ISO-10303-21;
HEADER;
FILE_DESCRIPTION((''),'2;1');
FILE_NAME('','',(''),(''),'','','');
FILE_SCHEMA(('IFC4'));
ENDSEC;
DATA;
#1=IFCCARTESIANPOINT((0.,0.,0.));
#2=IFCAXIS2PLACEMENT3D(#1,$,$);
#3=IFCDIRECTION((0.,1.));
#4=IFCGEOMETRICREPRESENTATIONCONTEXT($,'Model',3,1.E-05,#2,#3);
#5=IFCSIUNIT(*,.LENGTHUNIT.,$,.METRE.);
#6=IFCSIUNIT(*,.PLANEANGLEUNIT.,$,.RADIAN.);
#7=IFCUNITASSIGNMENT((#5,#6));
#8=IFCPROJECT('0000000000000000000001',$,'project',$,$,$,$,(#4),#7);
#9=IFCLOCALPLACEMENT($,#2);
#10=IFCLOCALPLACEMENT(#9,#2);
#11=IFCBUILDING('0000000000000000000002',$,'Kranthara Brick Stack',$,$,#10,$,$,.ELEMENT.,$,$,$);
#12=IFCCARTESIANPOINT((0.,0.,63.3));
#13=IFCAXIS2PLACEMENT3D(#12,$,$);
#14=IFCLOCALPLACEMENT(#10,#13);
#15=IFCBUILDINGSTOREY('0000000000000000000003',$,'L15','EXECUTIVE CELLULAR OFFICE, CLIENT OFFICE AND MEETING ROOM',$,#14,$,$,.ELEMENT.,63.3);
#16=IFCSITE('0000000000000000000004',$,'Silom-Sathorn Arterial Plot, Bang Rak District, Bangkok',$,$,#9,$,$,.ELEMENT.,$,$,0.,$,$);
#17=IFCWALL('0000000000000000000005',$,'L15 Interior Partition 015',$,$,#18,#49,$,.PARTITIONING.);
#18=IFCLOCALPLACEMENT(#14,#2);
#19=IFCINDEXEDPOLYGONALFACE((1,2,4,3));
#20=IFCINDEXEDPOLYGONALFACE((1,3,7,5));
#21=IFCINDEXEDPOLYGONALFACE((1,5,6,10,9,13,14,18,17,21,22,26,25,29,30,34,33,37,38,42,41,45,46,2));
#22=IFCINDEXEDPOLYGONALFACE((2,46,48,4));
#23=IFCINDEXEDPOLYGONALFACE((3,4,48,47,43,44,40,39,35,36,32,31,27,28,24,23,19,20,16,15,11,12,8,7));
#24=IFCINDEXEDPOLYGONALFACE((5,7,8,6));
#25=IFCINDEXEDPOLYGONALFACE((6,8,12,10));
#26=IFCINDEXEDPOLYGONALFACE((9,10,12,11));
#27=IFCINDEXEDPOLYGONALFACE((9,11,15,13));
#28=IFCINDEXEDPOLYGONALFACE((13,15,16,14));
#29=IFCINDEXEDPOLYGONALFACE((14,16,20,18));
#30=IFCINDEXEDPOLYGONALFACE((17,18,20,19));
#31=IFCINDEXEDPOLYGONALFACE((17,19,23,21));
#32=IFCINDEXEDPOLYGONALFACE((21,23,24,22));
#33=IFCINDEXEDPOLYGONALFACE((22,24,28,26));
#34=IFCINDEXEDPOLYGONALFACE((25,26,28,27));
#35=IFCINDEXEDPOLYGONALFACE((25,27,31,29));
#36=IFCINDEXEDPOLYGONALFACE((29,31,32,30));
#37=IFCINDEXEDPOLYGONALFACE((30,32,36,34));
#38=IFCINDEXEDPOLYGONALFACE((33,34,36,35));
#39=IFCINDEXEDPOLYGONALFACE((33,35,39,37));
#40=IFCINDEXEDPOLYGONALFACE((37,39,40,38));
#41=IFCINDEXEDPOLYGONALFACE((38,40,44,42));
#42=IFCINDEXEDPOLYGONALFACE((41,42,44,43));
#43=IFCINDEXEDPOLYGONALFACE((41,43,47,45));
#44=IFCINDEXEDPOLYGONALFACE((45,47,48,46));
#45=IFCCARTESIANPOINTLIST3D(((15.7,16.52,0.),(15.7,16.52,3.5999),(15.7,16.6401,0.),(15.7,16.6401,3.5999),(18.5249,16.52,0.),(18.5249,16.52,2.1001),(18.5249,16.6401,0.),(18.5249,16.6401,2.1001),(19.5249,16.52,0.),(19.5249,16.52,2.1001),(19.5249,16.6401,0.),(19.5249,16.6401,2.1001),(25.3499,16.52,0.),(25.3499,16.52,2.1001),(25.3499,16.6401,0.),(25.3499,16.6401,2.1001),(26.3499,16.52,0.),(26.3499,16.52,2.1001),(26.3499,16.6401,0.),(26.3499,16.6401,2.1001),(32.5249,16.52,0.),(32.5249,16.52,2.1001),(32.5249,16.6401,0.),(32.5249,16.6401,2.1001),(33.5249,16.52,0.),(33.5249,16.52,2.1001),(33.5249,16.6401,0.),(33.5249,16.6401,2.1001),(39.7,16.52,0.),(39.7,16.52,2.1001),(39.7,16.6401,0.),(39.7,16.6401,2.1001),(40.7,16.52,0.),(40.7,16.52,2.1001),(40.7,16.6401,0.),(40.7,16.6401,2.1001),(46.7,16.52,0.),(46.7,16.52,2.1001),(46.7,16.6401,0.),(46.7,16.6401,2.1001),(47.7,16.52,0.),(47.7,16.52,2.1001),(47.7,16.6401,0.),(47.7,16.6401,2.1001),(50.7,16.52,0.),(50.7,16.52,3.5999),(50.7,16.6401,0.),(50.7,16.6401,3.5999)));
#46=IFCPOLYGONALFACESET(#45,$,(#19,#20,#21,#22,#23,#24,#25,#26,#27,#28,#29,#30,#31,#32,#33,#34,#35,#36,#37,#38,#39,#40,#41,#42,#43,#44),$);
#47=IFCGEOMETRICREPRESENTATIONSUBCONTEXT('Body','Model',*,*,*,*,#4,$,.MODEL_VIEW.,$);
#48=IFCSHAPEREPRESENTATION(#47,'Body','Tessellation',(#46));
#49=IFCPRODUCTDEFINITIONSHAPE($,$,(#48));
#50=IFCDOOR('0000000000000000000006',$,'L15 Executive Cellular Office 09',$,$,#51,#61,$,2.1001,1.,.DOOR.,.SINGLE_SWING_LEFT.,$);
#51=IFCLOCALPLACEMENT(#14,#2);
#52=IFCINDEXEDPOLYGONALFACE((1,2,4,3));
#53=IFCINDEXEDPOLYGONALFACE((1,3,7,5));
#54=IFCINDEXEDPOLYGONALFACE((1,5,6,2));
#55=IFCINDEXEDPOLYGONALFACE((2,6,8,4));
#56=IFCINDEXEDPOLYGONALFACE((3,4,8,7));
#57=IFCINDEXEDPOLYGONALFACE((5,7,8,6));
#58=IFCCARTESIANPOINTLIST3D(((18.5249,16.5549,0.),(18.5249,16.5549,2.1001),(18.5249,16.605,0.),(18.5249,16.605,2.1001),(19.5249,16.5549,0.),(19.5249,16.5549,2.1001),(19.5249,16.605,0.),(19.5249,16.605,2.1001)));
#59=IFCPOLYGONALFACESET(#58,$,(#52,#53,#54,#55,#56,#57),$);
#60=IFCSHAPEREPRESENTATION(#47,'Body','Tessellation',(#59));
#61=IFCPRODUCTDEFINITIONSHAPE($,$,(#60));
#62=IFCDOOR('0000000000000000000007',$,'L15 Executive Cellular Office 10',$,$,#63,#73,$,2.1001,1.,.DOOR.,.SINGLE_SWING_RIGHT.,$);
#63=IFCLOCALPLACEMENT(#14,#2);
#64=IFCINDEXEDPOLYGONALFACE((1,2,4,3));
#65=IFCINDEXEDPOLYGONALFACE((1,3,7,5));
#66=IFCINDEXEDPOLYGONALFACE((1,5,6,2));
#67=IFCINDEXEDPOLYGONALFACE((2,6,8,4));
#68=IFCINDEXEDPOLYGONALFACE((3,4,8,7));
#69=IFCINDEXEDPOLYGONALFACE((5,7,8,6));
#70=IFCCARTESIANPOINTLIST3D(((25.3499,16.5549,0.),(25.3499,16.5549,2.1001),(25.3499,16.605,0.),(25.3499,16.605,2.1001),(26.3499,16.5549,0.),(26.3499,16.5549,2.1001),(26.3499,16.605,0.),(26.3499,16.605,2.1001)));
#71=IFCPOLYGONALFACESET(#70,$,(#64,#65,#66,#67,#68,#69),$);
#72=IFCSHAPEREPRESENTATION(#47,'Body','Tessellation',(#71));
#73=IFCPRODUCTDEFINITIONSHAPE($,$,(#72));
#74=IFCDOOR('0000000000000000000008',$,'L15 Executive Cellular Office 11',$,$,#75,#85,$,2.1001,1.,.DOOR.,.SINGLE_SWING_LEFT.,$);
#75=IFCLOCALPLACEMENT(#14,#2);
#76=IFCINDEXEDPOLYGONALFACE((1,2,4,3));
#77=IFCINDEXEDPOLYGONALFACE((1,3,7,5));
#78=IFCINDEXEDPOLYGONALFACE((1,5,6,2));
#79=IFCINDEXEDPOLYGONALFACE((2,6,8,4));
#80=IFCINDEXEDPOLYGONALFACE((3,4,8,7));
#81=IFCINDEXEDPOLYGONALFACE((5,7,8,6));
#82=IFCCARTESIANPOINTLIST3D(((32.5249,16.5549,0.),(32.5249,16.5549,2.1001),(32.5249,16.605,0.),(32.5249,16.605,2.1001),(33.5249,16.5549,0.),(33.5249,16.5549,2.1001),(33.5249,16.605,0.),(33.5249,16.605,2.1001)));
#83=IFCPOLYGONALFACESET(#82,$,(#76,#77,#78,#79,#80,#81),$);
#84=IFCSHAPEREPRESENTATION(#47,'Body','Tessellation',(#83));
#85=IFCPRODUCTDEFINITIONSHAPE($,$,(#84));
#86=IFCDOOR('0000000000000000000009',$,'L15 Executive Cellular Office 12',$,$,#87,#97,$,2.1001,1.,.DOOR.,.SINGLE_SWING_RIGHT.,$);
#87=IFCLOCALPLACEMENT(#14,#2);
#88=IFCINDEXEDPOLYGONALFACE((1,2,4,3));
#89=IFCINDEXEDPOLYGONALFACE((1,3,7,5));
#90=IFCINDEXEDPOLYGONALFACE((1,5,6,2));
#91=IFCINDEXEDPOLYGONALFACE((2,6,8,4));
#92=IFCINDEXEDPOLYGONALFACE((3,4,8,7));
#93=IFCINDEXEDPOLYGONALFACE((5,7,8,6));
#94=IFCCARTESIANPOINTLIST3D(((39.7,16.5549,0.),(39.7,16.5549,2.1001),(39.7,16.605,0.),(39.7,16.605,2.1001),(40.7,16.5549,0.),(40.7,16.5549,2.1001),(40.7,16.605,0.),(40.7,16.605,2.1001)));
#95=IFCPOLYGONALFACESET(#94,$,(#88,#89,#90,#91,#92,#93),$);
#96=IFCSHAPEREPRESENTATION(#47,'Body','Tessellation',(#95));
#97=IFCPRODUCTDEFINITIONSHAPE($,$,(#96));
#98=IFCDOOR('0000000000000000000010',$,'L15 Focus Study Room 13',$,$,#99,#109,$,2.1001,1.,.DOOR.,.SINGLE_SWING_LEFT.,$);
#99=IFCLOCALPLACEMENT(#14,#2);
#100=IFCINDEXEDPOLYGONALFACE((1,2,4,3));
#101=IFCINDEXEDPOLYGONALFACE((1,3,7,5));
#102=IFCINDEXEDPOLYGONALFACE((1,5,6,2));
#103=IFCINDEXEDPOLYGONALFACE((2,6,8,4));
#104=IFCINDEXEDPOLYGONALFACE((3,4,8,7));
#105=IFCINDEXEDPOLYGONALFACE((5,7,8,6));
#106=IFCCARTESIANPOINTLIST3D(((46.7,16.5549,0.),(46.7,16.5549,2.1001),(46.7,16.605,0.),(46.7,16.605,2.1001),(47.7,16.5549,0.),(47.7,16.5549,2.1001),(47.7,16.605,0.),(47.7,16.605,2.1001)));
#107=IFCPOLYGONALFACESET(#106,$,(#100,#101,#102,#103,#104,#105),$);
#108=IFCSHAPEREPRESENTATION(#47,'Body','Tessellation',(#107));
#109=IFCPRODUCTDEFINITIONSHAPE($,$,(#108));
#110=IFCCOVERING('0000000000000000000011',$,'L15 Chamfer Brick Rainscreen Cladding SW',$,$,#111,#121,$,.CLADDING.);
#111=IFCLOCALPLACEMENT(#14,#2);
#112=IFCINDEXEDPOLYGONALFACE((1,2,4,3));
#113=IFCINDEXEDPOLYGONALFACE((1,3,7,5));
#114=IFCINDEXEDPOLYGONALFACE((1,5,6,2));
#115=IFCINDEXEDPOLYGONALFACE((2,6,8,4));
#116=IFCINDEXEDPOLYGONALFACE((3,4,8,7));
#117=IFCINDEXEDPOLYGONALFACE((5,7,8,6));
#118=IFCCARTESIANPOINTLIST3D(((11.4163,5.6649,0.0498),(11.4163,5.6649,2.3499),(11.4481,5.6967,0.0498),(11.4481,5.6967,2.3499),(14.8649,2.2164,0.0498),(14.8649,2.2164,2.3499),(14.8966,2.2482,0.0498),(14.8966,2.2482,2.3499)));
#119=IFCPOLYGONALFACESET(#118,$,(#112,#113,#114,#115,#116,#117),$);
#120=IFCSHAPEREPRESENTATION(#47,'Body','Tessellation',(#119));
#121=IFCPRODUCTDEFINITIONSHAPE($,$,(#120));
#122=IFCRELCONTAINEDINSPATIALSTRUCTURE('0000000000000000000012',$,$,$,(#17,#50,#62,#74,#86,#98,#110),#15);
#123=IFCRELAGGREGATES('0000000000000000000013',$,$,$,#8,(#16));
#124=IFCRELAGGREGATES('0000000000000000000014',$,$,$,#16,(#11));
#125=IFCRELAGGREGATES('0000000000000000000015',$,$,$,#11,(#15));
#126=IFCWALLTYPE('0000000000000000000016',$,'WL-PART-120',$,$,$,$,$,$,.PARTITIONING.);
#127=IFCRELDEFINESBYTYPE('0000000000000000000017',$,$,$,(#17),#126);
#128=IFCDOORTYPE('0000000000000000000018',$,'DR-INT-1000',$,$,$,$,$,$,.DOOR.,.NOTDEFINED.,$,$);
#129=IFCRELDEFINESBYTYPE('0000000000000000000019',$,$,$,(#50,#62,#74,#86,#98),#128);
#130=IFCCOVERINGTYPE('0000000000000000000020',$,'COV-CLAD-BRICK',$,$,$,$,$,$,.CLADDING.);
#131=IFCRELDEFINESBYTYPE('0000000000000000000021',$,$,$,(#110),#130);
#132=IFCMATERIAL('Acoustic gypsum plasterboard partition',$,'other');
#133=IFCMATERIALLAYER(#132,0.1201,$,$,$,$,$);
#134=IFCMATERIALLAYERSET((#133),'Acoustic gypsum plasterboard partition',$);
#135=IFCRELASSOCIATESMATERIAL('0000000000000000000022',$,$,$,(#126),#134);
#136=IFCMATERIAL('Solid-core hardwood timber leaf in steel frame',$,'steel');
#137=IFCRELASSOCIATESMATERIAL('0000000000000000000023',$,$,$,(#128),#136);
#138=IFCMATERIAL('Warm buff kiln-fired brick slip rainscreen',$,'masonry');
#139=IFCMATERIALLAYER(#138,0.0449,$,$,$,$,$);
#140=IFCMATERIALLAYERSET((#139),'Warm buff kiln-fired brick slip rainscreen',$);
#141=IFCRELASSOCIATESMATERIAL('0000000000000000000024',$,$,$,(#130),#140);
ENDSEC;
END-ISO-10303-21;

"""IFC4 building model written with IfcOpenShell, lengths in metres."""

from ifc_helpers import new_model, si_unit, direction, frame, frame_2d, origin, origin_2d, place, context, subcontext, project, spatial, rectangle, extrude, material, layer, layer_set, type_object, element, fill, save


model = new_model("IFC4")

# Units and contexts
model_context = context("Model", 3, precision=1e-05, world=origin(), true_north=direction((0.0, 1.0)))
body_context = subcontext(model_context, "Body", "Model", "MODEL_VIEW")
ifc_project = project(units=[si_unit("LENGTHUNIT", "METRE"), si_unit("PLANEANGLEUNIT", "RADIAN")], contexts=[model_context])

# Site, building, storey
site_placement = place(None, origin())
site = spatial("IfcSite", under=ifc_project, at=site_placement, Name="Silom-Sathorn Arterial Plot, Bang Rak District, Bangkok", CompositionType="ELEMENT", RefElevation=0.0)
building_placement = place(site_placement, origin())
building = spatial("IfcBuilding", under=site, at=building_placement, Name="Kranthara Brick Stack", CompositionType="ELEMENT")
storey_placement = place(building_placement, frame((0.0, 0.0, 63.3)))
storey = spatial("IfcBuildingStorey", under=building, at=storey_placement, Name="L15", Description="EXECUTIVE CELLULAR OFFICE, CLIENT OFFICE AND MEETING ROOM", CompositionType="ELEMENT", Elevation=63.3)

# Shared definitions
ifc_material_1 = material(Name="Acoustic gypsum plasterboard partition", Category="other")
ifc_layer_1 = layer(ifc_material_1, 0.1201)
ifc_layer_set_1 = layer_set([ifc_layer_1], Name="Acoustic gypsum plasterboard partition")
wall_type_1 = type_object("IfcWallType", Name="WL-PART-120", PredefinedType="PARTITIONING", material=ifc_layer_set_1)

# Wall, openings, doors
wall_1_placement = place(storey_placement, frame((15.7, 16.5801, 0.0), z_axis=(0.0, 0.0, 1.0), x_axis=(1.0, 0.0, 0.0)))
wall_1 = element("IfcWall", 1, at=wall_1_placement, inside=storey, type_object=wall_type_1, Name="L15 Interior Partition 015", PredefinedType="PARTITIONING", context=body_context, shape_type="SweptSolid", body=[
    extrude(rectangle(XDim=35.0, YDim=0.1201, at=frame_2d((17.5, 0.0))), origin(), (0.0, 0.0, 1.0), 3.5999),
])
opening_1_placement = place(wall_1_placement, frame((2.825, 0.0, 0.0)))
opening_1 = element("IfcOpeningElement", 2, at=opening_1_placement, cuts=wall_1, PredefinedType="OPENING", context=body_context, shape_type="SweptSolid", body=[
    extrude(rectangle(XDim=1.0, YDim=2.1001, at=frame_2d((0.5, 1.05))), frame((0.0, 0.0701, 0.0), z_axis=(0.0, -1.0, 0.0), x_axis=(1.0, 0.0, 0.0)), (0.0, 0.0, 1.0), 0.1401),
])
opening_2_placement = place(wall_1_placement, frame((9.6499, 0.0, 0.0)))
opening_2 = element("IfcOpeningElement", 3, at=opening_2_placement, cuts=wall_1, PredefinedType="OPENING", context=body_context, shape_type="SweptSolid", body=[
    extrude(rectangle(XDim=1.0, YDim=2.1001, at=frame_2d((0.5, 1.05))), frame((0.0, 0.0701, 0.0), z_axis=(0.0, -1.0, 0.0), x_axis=(1.0, 0.0, 0.0)), (0.0, 0.0, 1.0), 0.1401),
])
opening_3_placement = place(wall_1_placement, frame((16.825, 0.0, 0.0)))
opening_3 = element("IfcOpeningElement", 4, at=opening_3_placement, cuts=wall_1, PredefinedType="OPENING", context=body_context, shape_type="SweptSolid", body=[
    extrude(rectangle(XDim=1.0, YDim=2.1001, at=frame_2d((0.5, 1.05))), frame((0.0, 0.0701, 0.0), z_axis=(0.0, -1.0, 0.0), x_axis=(1.0, 0.0, 0.0)), (0.0, 0.0, 1.0), 0.1401),
])
opening_4_placement = place(wall_1_placement, frame((24.0, 0.0, 0.0)))
opening_4 = element("IfcOpeningElement", 5, at=opening_4_placement, cuts=wall_1, PredefinedType="OPENING", context=body_context, shape_type="SweptSolid", body=[
    extrude(rectangle(XDim=1.0, YDim=2.1001, at=frame_2d((0.5, 1.05))), frame((0.0, 0.0701, 0.0), z_axis=(0.0, -1.0, 0.0), x_axis=(1.0, 0.0, 0.0)), (0.0, 0.0, 1.0), 0.1401),
])
opening_5_placement = place(wall_1_placement, frame((31.0, 0.0, 0.0)))
opening_5 = element("IfcOpeningElement", 6, at=opening_5_placement, cuts=wall_1, PredefinedType="OPENING", context=body_context, shape_type="SweptSolid", body=[
    extrude(rectangle(XDim=1.0, YDim=2.1001, at=frame_2d((0.5, 1.05))), frame((0.0, 0.0701, 0.0), z_axis=(0.0, -1.0, 0.0), x_axis=(1.0, 0.0, 0.0)), (0.0, 0.0, 1.0), 0.1401),
])
ifc_material_2 = material(Name="Solid-core hardwood timber leaf in steel frame", Category="steel")
door_type_1 = type_object("IfcDoorType", Name="DR-INT-1000", OperationType="NOTDEFINED", PredefinedType="DOOR", material=ifc_material_2)
door_1_placement = place(opening_1_placement, origin())
door_1 = element("IfcDoor", 7, at=door_1_placement, inside=storey, type_object=door_type_1, Name="L15 Executive Cellular Office 09", OperationType="SINGLE_SWING_LEFT", OverallHeight=2.1001, OverallWidth=1.0, PredefinedType="DOOR", context=body_context, shape_type="SweptSolid", body=[
    extrude(rectangle(XDim=1.0, YDim=2.1001, at=frame_2d((0.5, 1.05))), frame((0.0, 0.0249, 0.0), z_axis=(0.0, -1.0, 0.0), x_axis=(1.0, 0.0, 0.0)), (0.0, 0.0, 1.0), 0.05),
])
fill(opening_1, door_1)
door_2_placement = place(opening_2_placement, origin())
door_2 = element("IfcDoor", 8, at=door_2_placement, inside=storey, type_object=door_type_1, Name="L15 Executive Cellular Office 10", OperationType="SINGLE_SWING_RIGHT", OverallHeight=2.1001, OverallWidth=1.0, PredefinedType="DOOR", context=body_context, shape_type="SweptSolid", body=[
    extrude(rectangle(XDim=1.0, YDim=2.1001, at=frame_2d((0.5, 1.05))), frame((0.0, 0.0249, 0.0), z_axis=(0.0, -1.0, 0.0), x_axis=(1.0, 0.0, 0.0)), (0.0, 0.0, 1.0), 0.05),
])
fill(opening_2, door_2)
door_3_placement = place(opening_3_placement, origin())
door_3 = element("IfcDoor", 9, at=door_3_placement, inside=storey, type_object=door_type_1, Name="L15 Executive Cellular Office 11", OperationType="SINGLE_SWING_LEFT", OverallHeight=2.1001, OverallWidth=1.0, PredefinedType="DOOR", context=body_context, shape_type="SweptSolid", body=[
    extrude(rectangle(XDim=1.0, YDim=2.1001, at=frame_2d((0.5, 1.05))), frame((0.0, 0.0249, 0.0), z_axis=(0.0, -1.0, 0.0), x_axis=(1.0, 0.0, 0.0)), (0.0, 0.0, 1.0), 0.05),
])
fill(opening_3, door_3)
door_4_placement = place(opening_4_placement, origin())
door_4 = element("IfcDoor", 10, at=door_4_placement, inside=storey, type_object=door_type_1, Name="L15 Executive Cellular Office 12", OperationType="SINGLE_SWING_RIGHT", OverallHeight=2.1001, OverallWidth=1.0, PredefinedType="DOOR", context=body_context, shape_type="SweptSolid", body=[
    extrude(rectangle(XDim=1.0, YDim=2.1001, at=frame_2d((0.5, 1.05))), frame((0.0, 0.0249, 0.0), z_axis=(0.0, -1.0, 0.0), x_axis=(1.0, 0.0, 0.0)), (0.0, 0.0, 1.0), 0.05),
])
fill(opening_4, door_4)
door_5_placement = place(opening_5_placement, origin())
door_5 = element("IfcDoor", 11, at=door_5_placement, inside=storey, type_object=door_type_1, Name="L15 Focus Study Room 13", OperationType="SINGLE_SWING_LEFT", OverallHeight=2.1001, OverallWidth=1.0, PredefinedType="DOOR", context=body_context, shape_type="SweptSolid", body=[
    extrude(rectangle(XDim=1.0, YDim=2.1001, at=frame_2d((0.5, 1.05))), frame((0.0, 0.0249, 0.0), z_axis=(0.0, -1.0, 0.0), x_axis=(1.0, 0.0, 0.0)), (0.0, 0.0, 1.0), 0.05),
])
fill(opening_5, door_5)

# Covering
ifc_material_3 = material(Name="Warm buff kiln-fired brick slip rainscreen", Category="masonry")
ifc_layer_2 = layer(ifc_material_3, 0.0449)
ifc_layer_set_2 = layer_set([ifc_layer_2], Name="Warm buff kiln-fired brick slip rainscreen")
covering_type = type_object("IfcCoveringType", Name="COV-CLAD-BRICK", PredefinedType="CLADDING", material=ifc_layer_set_2)
covering_placement = place(storey_placement, frame((13.1565, 3.9565, 0.0498), z_axis=(0.0, 0.0, 1.0), x_axis=(-0.707107, 0.707107, 0.0)))
element("IfcCovering", 12, at=covering_placement, inside=storey, type_object=covering_type, Name="L15 Chamfer Brick Rainscreen Cladding SW", PredefinedType="CLADDING", context=body_context, shape_type="SweptSolid", body=[
    extrude(rectangle(XDim=4.877, YDim=0.0449, at=origin_2d()), origin(), (0.0, 0.0, 1.0), 2.3),
])

save(model, "model.ifc")
